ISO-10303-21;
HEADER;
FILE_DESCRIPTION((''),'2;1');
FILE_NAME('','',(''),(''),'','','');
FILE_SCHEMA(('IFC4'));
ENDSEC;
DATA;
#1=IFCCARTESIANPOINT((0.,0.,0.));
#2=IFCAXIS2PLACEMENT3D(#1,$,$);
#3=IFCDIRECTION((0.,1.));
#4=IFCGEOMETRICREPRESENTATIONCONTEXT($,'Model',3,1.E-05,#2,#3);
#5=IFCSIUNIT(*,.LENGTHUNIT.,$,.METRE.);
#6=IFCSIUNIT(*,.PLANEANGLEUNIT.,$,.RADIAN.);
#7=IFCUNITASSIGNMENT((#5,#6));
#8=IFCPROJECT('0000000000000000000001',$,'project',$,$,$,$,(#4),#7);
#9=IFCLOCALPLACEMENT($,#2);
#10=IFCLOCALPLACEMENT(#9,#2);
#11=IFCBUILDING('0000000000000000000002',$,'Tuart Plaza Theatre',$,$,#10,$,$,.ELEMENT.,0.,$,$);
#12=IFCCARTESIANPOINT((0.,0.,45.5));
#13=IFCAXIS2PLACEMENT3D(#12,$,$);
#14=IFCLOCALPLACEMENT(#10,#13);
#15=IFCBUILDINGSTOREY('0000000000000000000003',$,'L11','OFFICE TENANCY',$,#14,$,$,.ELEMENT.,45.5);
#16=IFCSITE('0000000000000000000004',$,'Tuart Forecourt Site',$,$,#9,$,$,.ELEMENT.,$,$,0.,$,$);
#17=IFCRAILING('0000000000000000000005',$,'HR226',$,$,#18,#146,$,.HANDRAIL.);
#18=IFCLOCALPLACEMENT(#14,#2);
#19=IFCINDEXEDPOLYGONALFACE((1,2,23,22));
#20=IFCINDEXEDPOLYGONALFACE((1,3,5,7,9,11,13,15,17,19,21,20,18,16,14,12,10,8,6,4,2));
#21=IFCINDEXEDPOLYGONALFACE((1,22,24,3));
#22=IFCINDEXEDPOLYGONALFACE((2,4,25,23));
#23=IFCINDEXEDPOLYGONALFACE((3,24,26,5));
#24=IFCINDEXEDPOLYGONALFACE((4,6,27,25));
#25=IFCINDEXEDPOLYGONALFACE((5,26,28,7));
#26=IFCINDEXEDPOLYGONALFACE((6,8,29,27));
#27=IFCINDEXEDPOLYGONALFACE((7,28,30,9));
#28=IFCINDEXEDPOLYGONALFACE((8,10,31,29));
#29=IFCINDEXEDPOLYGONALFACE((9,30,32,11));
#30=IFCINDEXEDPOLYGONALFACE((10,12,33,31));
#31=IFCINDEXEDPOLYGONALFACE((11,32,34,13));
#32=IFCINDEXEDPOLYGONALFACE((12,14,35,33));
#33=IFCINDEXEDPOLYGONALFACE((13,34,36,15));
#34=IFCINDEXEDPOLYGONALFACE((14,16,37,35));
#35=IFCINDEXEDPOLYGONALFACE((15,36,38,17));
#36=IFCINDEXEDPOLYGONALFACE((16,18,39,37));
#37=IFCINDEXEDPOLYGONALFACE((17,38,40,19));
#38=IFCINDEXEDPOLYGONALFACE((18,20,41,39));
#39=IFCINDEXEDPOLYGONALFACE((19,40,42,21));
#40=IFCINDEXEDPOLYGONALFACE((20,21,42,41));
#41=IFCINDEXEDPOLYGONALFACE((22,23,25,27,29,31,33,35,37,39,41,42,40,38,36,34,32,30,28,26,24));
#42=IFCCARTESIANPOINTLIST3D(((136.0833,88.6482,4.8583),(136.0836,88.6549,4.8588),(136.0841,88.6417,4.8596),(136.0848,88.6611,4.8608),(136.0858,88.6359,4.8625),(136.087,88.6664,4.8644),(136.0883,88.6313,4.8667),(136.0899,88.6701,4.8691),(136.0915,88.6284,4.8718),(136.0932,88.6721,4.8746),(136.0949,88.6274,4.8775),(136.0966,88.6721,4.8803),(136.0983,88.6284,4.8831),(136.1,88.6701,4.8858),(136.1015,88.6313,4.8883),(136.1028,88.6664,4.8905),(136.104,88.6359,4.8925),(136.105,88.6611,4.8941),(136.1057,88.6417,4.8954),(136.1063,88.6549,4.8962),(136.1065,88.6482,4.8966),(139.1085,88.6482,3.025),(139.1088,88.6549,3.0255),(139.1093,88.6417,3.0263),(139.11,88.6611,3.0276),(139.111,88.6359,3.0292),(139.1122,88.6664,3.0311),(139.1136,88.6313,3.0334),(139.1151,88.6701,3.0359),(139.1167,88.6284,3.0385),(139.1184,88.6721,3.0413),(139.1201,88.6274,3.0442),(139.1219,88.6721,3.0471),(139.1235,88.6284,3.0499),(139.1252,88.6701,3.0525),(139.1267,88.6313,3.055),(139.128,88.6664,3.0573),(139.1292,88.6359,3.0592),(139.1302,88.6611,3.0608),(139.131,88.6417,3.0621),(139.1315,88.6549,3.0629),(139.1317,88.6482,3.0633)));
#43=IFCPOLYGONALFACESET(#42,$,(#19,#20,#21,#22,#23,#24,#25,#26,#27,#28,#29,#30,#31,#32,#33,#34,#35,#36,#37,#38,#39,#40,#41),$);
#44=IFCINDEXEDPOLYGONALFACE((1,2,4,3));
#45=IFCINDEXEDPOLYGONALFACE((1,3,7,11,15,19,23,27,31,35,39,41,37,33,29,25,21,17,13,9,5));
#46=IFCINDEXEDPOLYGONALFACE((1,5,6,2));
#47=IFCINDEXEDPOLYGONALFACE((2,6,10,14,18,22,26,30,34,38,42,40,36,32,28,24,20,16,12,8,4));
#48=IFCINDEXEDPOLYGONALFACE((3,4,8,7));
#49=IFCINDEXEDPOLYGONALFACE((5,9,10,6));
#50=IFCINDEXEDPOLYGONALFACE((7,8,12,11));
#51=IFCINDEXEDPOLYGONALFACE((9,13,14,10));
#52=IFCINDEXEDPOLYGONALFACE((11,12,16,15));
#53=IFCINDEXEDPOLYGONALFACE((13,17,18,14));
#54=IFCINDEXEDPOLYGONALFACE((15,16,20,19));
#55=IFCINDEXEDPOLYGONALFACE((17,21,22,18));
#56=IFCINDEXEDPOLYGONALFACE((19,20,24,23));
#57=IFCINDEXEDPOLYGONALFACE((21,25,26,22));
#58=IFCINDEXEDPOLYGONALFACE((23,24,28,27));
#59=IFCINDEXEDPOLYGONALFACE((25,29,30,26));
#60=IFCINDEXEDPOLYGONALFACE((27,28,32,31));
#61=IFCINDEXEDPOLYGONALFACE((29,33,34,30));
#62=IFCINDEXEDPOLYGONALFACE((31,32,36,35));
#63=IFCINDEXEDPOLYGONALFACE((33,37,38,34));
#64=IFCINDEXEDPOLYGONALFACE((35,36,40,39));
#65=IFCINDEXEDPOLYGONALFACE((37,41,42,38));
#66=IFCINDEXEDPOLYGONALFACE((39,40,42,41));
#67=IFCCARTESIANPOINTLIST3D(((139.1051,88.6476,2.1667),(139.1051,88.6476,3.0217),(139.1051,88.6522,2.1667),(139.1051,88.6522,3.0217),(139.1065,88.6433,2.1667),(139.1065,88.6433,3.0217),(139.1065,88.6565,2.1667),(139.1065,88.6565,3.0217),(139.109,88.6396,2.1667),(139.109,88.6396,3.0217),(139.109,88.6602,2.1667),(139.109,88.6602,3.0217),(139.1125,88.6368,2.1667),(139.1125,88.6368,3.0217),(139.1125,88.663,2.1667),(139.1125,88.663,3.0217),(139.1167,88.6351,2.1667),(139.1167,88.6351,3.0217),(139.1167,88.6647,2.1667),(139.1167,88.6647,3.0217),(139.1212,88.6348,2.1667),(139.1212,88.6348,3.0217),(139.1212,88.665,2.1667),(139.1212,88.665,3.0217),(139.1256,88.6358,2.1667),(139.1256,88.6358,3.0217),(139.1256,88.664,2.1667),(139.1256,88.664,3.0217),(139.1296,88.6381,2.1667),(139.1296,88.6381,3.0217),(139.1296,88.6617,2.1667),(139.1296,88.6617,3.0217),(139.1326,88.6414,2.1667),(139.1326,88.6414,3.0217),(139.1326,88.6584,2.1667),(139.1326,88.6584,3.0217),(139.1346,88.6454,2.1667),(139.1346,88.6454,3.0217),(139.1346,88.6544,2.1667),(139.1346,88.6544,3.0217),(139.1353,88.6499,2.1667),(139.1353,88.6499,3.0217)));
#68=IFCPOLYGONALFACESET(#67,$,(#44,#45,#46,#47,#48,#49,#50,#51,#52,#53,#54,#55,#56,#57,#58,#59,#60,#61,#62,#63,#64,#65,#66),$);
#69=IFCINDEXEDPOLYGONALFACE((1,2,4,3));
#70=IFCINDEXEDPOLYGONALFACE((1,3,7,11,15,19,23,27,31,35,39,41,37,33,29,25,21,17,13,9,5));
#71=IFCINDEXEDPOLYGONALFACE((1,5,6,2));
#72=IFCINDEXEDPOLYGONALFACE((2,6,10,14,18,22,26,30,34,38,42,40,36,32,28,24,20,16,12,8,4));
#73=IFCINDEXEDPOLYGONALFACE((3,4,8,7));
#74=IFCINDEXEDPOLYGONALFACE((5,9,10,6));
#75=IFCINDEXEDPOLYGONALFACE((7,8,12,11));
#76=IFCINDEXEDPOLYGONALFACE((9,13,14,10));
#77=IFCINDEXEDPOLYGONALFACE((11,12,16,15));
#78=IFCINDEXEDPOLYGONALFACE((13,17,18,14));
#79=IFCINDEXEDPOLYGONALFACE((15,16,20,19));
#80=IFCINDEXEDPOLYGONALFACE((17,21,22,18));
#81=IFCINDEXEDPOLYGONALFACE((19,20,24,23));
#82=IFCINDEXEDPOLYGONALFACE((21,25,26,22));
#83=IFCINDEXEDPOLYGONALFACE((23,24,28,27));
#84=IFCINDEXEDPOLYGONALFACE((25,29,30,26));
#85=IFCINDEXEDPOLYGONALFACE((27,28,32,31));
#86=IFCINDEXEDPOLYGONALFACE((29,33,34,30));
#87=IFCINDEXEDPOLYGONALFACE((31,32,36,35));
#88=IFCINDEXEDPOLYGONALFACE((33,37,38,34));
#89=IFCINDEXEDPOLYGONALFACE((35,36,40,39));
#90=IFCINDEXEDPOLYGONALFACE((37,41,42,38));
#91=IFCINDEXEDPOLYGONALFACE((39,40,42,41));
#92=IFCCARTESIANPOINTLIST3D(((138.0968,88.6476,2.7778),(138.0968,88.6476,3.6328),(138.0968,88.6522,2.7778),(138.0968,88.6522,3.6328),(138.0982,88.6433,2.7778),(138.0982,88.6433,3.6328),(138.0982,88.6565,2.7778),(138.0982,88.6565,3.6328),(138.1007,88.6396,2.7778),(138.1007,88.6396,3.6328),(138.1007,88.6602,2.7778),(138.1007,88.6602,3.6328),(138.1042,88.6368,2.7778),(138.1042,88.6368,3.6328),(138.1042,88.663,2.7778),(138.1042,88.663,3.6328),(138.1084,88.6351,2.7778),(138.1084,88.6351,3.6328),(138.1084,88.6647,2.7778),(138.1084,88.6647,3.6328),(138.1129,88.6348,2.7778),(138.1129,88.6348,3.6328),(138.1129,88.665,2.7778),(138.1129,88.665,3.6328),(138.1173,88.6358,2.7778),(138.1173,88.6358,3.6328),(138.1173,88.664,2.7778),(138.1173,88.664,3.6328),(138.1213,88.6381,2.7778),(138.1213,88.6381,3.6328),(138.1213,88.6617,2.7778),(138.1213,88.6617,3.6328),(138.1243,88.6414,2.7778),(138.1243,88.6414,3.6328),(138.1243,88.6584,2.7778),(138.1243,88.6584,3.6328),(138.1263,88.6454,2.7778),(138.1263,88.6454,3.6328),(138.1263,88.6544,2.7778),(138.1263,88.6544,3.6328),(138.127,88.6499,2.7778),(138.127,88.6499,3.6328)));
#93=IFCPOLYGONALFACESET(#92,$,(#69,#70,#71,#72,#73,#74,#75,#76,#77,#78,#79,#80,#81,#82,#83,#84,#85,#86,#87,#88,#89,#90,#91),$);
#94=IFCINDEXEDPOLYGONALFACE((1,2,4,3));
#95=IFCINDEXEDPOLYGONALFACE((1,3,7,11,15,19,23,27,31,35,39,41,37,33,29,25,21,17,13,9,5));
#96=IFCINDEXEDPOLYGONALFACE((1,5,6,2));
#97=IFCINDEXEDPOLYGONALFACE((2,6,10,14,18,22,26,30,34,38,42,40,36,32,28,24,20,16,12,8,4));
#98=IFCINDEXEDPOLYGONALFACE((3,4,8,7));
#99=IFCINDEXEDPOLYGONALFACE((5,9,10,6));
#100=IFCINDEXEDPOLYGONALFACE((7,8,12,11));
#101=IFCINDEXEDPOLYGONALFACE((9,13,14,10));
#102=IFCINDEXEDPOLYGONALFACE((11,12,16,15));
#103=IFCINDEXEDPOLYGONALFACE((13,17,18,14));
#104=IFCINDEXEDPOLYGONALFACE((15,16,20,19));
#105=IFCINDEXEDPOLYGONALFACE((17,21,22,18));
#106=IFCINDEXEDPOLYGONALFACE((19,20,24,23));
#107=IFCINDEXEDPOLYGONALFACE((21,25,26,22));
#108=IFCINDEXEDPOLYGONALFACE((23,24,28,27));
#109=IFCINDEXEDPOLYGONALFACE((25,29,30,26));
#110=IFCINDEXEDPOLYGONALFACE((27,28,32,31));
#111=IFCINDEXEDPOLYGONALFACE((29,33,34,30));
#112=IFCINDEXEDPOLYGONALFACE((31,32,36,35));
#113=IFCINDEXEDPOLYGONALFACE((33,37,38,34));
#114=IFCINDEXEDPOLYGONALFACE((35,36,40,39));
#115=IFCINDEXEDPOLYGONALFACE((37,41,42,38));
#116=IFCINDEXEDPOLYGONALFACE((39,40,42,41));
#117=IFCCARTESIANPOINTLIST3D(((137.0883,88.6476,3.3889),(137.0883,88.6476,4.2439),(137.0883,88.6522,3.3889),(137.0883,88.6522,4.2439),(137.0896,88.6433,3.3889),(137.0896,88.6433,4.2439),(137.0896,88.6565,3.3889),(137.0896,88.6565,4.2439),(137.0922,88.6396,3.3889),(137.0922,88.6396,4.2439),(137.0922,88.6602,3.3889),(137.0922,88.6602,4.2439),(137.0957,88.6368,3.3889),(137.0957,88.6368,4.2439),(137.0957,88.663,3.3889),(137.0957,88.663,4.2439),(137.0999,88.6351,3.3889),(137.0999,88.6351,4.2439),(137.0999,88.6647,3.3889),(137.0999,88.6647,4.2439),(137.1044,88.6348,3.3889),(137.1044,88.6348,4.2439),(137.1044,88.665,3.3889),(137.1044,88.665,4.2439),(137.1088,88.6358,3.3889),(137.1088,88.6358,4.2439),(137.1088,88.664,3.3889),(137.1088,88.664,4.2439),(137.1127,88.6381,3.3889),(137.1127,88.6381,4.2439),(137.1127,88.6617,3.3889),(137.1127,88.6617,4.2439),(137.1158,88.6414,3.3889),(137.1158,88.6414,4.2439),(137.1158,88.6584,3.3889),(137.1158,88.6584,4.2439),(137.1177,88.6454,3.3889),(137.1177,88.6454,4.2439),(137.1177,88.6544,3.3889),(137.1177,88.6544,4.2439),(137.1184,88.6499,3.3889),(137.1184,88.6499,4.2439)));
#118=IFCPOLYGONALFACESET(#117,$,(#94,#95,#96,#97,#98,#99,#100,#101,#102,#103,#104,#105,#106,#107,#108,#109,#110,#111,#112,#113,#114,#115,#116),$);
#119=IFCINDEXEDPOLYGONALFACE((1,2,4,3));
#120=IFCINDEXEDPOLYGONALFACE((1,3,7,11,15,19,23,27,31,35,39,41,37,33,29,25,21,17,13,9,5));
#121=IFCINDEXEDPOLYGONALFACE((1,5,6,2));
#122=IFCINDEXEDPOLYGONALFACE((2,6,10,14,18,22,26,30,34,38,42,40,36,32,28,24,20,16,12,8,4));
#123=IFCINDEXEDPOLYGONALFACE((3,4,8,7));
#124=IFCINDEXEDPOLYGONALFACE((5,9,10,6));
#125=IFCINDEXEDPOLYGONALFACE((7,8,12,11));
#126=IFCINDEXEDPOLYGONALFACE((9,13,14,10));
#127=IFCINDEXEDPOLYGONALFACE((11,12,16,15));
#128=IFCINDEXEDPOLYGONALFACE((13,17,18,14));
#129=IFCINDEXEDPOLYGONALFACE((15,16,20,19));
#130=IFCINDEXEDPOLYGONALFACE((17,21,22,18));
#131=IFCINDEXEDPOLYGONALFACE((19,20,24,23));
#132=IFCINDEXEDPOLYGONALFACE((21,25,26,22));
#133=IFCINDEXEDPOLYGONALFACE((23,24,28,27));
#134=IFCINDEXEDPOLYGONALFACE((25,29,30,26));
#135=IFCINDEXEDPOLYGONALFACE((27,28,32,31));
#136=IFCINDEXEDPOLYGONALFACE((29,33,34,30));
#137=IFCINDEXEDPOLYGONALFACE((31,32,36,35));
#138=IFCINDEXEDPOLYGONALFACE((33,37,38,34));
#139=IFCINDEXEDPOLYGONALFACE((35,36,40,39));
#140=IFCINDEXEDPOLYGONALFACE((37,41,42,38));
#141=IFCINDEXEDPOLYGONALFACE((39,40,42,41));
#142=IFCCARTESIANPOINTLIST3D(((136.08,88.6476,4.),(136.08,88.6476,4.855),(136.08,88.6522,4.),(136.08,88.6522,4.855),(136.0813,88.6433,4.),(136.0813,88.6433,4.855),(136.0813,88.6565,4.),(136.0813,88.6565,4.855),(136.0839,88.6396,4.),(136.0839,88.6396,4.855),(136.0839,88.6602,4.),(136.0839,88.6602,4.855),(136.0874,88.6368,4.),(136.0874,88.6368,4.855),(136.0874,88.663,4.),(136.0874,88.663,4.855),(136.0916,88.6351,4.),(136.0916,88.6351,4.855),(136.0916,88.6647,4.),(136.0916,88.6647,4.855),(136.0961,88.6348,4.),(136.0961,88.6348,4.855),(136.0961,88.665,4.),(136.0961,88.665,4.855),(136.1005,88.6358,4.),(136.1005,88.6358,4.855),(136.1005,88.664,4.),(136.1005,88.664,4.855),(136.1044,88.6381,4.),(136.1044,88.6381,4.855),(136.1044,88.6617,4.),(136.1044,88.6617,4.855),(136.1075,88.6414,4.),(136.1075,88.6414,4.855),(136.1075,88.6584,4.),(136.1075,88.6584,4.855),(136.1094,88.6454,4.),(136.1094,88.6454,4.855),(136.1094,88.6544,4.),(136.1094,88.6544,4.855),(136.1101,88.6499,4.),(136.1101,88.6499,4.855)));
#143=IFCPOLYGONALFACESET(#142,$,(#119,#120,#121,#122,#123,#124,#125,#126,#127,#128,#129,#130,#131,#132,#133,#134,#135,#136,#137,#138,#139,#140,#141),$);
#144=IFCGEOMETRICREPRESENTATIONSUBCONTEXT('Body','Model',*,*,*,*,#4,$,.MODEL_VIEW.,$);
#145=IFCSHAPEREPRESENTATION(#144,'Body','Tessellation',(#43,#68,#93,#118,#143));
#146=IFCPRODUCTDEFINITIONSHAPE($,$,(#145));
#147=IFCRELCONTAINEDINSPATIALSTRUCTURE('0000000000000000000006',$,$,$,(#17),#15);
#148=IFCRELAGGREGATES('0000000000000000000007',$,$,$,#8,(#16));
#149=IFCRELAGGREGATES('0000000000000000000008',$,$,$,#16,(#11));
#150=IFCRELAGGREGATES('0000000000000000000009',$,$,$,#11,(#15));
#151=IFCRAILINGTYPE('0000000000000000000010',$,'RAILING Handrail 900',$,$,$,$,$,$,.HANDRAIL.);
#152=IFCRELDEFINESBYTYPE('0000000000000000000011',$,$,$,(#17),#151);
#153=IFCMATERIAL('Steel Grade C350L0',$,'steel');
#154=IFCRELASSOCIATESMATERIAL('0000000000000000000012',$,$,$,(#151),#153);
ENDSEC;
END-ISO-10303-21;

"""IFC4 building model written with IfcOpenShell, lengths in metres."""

from ifc_helpers import new_model, si_unit, direction, frame, origin, origin_2d, place, context, subcontext, project, spatial, circle, extrude, material, type_object, element, save


model = new_model("IFC4")

# Units and contexts
model_context = context("Model", 3, precision=1e-05, world=origin(), true_north=direction((0.0, 1.0)))
body_context = subcontext(model_context, "Body", "Model", "MODEL_VIEW")
ifc_project = project(units=[si_unit("LENGTHUNIT", "METRE"), si_unit("PLANEANGLEUNIT", "RADIAN")], contexts=[model_context])

# Site, building, storey
site_placement = place(None, origin())
site = spatial("IfcSite", under=ifc_project, at=site_placement, Name="Tuart Forecourt Site", CompositionType="ELEMENT", RefElevation=0.0)
building_placement = place(site_placement, origin())
building = spatial("IfcBuilding", under=site, at=building_placement, Name="Tuart Plaza Theatre", CompositionType="ELEMENT", ElevationOfRefHeight=0.0)
storey_placement = place(building_placement, frame((0.0, 0.0, 45.5)))
storey = spatial("IfcBuildingStorey", under=building, at=storey_placement, Name="L11", Description="OFFICE TENANCY", CompositionType="ELEMENT", Elevation=45.5)

# Railing
ifc_material_1 = material(Name="Steel Grade C350L0", Category="steel")
railing_type_1 = type_object("IfcRailingType", Name="RAILING Handrail 900", PredefinedType="HANDRAIL", material=ifc_material_1)
for number, where, name in (
    (1, (139.1201, 88.6499, 2.1667), "HR226"),
):
    element("IfcRailing", number, at=place(storey_placement, frame(where)), inside=storey, type_object=railing_type_1, Name=name, PredefinedType="HANDRAIL", context=body_context, shape_type="SweptSolid", body=[
        extrude(circle(Radius=0.0225, at=origin_2d()), frame((0.0, 0.0, 0.8774), z_axis=(-0.855219, 0.0, 0.518267), x_axis=(0.0, -1.0, 0.0)), (0.0, 0.0, 1.0), 3.5374),
        extrude(circle(Radius=0.0151, at=origin_2d()), origin(), (0.0, 0.0, 1.0), 0.855),
        extrude(circle(Radius=0.0151, at=origin_2d()), frame((-1.0083, 0.0, 0.6111)), (0.0, 0.0, 1.0), 0.855),
        extrude(circle(Radius=0.0151, at=origin_2d()), frame((-2.0168, 0.0, 1.2222)), (0.0, 0.0, 1.0), 0.855),
        extrude(circle(Radius=0.0151, at=origin_2d()), frame((-3.0251, 0.0, 1.8333)), (0.0, 0.0, 1.0), 0.855),
    ])

save(model, "model.ifc")
